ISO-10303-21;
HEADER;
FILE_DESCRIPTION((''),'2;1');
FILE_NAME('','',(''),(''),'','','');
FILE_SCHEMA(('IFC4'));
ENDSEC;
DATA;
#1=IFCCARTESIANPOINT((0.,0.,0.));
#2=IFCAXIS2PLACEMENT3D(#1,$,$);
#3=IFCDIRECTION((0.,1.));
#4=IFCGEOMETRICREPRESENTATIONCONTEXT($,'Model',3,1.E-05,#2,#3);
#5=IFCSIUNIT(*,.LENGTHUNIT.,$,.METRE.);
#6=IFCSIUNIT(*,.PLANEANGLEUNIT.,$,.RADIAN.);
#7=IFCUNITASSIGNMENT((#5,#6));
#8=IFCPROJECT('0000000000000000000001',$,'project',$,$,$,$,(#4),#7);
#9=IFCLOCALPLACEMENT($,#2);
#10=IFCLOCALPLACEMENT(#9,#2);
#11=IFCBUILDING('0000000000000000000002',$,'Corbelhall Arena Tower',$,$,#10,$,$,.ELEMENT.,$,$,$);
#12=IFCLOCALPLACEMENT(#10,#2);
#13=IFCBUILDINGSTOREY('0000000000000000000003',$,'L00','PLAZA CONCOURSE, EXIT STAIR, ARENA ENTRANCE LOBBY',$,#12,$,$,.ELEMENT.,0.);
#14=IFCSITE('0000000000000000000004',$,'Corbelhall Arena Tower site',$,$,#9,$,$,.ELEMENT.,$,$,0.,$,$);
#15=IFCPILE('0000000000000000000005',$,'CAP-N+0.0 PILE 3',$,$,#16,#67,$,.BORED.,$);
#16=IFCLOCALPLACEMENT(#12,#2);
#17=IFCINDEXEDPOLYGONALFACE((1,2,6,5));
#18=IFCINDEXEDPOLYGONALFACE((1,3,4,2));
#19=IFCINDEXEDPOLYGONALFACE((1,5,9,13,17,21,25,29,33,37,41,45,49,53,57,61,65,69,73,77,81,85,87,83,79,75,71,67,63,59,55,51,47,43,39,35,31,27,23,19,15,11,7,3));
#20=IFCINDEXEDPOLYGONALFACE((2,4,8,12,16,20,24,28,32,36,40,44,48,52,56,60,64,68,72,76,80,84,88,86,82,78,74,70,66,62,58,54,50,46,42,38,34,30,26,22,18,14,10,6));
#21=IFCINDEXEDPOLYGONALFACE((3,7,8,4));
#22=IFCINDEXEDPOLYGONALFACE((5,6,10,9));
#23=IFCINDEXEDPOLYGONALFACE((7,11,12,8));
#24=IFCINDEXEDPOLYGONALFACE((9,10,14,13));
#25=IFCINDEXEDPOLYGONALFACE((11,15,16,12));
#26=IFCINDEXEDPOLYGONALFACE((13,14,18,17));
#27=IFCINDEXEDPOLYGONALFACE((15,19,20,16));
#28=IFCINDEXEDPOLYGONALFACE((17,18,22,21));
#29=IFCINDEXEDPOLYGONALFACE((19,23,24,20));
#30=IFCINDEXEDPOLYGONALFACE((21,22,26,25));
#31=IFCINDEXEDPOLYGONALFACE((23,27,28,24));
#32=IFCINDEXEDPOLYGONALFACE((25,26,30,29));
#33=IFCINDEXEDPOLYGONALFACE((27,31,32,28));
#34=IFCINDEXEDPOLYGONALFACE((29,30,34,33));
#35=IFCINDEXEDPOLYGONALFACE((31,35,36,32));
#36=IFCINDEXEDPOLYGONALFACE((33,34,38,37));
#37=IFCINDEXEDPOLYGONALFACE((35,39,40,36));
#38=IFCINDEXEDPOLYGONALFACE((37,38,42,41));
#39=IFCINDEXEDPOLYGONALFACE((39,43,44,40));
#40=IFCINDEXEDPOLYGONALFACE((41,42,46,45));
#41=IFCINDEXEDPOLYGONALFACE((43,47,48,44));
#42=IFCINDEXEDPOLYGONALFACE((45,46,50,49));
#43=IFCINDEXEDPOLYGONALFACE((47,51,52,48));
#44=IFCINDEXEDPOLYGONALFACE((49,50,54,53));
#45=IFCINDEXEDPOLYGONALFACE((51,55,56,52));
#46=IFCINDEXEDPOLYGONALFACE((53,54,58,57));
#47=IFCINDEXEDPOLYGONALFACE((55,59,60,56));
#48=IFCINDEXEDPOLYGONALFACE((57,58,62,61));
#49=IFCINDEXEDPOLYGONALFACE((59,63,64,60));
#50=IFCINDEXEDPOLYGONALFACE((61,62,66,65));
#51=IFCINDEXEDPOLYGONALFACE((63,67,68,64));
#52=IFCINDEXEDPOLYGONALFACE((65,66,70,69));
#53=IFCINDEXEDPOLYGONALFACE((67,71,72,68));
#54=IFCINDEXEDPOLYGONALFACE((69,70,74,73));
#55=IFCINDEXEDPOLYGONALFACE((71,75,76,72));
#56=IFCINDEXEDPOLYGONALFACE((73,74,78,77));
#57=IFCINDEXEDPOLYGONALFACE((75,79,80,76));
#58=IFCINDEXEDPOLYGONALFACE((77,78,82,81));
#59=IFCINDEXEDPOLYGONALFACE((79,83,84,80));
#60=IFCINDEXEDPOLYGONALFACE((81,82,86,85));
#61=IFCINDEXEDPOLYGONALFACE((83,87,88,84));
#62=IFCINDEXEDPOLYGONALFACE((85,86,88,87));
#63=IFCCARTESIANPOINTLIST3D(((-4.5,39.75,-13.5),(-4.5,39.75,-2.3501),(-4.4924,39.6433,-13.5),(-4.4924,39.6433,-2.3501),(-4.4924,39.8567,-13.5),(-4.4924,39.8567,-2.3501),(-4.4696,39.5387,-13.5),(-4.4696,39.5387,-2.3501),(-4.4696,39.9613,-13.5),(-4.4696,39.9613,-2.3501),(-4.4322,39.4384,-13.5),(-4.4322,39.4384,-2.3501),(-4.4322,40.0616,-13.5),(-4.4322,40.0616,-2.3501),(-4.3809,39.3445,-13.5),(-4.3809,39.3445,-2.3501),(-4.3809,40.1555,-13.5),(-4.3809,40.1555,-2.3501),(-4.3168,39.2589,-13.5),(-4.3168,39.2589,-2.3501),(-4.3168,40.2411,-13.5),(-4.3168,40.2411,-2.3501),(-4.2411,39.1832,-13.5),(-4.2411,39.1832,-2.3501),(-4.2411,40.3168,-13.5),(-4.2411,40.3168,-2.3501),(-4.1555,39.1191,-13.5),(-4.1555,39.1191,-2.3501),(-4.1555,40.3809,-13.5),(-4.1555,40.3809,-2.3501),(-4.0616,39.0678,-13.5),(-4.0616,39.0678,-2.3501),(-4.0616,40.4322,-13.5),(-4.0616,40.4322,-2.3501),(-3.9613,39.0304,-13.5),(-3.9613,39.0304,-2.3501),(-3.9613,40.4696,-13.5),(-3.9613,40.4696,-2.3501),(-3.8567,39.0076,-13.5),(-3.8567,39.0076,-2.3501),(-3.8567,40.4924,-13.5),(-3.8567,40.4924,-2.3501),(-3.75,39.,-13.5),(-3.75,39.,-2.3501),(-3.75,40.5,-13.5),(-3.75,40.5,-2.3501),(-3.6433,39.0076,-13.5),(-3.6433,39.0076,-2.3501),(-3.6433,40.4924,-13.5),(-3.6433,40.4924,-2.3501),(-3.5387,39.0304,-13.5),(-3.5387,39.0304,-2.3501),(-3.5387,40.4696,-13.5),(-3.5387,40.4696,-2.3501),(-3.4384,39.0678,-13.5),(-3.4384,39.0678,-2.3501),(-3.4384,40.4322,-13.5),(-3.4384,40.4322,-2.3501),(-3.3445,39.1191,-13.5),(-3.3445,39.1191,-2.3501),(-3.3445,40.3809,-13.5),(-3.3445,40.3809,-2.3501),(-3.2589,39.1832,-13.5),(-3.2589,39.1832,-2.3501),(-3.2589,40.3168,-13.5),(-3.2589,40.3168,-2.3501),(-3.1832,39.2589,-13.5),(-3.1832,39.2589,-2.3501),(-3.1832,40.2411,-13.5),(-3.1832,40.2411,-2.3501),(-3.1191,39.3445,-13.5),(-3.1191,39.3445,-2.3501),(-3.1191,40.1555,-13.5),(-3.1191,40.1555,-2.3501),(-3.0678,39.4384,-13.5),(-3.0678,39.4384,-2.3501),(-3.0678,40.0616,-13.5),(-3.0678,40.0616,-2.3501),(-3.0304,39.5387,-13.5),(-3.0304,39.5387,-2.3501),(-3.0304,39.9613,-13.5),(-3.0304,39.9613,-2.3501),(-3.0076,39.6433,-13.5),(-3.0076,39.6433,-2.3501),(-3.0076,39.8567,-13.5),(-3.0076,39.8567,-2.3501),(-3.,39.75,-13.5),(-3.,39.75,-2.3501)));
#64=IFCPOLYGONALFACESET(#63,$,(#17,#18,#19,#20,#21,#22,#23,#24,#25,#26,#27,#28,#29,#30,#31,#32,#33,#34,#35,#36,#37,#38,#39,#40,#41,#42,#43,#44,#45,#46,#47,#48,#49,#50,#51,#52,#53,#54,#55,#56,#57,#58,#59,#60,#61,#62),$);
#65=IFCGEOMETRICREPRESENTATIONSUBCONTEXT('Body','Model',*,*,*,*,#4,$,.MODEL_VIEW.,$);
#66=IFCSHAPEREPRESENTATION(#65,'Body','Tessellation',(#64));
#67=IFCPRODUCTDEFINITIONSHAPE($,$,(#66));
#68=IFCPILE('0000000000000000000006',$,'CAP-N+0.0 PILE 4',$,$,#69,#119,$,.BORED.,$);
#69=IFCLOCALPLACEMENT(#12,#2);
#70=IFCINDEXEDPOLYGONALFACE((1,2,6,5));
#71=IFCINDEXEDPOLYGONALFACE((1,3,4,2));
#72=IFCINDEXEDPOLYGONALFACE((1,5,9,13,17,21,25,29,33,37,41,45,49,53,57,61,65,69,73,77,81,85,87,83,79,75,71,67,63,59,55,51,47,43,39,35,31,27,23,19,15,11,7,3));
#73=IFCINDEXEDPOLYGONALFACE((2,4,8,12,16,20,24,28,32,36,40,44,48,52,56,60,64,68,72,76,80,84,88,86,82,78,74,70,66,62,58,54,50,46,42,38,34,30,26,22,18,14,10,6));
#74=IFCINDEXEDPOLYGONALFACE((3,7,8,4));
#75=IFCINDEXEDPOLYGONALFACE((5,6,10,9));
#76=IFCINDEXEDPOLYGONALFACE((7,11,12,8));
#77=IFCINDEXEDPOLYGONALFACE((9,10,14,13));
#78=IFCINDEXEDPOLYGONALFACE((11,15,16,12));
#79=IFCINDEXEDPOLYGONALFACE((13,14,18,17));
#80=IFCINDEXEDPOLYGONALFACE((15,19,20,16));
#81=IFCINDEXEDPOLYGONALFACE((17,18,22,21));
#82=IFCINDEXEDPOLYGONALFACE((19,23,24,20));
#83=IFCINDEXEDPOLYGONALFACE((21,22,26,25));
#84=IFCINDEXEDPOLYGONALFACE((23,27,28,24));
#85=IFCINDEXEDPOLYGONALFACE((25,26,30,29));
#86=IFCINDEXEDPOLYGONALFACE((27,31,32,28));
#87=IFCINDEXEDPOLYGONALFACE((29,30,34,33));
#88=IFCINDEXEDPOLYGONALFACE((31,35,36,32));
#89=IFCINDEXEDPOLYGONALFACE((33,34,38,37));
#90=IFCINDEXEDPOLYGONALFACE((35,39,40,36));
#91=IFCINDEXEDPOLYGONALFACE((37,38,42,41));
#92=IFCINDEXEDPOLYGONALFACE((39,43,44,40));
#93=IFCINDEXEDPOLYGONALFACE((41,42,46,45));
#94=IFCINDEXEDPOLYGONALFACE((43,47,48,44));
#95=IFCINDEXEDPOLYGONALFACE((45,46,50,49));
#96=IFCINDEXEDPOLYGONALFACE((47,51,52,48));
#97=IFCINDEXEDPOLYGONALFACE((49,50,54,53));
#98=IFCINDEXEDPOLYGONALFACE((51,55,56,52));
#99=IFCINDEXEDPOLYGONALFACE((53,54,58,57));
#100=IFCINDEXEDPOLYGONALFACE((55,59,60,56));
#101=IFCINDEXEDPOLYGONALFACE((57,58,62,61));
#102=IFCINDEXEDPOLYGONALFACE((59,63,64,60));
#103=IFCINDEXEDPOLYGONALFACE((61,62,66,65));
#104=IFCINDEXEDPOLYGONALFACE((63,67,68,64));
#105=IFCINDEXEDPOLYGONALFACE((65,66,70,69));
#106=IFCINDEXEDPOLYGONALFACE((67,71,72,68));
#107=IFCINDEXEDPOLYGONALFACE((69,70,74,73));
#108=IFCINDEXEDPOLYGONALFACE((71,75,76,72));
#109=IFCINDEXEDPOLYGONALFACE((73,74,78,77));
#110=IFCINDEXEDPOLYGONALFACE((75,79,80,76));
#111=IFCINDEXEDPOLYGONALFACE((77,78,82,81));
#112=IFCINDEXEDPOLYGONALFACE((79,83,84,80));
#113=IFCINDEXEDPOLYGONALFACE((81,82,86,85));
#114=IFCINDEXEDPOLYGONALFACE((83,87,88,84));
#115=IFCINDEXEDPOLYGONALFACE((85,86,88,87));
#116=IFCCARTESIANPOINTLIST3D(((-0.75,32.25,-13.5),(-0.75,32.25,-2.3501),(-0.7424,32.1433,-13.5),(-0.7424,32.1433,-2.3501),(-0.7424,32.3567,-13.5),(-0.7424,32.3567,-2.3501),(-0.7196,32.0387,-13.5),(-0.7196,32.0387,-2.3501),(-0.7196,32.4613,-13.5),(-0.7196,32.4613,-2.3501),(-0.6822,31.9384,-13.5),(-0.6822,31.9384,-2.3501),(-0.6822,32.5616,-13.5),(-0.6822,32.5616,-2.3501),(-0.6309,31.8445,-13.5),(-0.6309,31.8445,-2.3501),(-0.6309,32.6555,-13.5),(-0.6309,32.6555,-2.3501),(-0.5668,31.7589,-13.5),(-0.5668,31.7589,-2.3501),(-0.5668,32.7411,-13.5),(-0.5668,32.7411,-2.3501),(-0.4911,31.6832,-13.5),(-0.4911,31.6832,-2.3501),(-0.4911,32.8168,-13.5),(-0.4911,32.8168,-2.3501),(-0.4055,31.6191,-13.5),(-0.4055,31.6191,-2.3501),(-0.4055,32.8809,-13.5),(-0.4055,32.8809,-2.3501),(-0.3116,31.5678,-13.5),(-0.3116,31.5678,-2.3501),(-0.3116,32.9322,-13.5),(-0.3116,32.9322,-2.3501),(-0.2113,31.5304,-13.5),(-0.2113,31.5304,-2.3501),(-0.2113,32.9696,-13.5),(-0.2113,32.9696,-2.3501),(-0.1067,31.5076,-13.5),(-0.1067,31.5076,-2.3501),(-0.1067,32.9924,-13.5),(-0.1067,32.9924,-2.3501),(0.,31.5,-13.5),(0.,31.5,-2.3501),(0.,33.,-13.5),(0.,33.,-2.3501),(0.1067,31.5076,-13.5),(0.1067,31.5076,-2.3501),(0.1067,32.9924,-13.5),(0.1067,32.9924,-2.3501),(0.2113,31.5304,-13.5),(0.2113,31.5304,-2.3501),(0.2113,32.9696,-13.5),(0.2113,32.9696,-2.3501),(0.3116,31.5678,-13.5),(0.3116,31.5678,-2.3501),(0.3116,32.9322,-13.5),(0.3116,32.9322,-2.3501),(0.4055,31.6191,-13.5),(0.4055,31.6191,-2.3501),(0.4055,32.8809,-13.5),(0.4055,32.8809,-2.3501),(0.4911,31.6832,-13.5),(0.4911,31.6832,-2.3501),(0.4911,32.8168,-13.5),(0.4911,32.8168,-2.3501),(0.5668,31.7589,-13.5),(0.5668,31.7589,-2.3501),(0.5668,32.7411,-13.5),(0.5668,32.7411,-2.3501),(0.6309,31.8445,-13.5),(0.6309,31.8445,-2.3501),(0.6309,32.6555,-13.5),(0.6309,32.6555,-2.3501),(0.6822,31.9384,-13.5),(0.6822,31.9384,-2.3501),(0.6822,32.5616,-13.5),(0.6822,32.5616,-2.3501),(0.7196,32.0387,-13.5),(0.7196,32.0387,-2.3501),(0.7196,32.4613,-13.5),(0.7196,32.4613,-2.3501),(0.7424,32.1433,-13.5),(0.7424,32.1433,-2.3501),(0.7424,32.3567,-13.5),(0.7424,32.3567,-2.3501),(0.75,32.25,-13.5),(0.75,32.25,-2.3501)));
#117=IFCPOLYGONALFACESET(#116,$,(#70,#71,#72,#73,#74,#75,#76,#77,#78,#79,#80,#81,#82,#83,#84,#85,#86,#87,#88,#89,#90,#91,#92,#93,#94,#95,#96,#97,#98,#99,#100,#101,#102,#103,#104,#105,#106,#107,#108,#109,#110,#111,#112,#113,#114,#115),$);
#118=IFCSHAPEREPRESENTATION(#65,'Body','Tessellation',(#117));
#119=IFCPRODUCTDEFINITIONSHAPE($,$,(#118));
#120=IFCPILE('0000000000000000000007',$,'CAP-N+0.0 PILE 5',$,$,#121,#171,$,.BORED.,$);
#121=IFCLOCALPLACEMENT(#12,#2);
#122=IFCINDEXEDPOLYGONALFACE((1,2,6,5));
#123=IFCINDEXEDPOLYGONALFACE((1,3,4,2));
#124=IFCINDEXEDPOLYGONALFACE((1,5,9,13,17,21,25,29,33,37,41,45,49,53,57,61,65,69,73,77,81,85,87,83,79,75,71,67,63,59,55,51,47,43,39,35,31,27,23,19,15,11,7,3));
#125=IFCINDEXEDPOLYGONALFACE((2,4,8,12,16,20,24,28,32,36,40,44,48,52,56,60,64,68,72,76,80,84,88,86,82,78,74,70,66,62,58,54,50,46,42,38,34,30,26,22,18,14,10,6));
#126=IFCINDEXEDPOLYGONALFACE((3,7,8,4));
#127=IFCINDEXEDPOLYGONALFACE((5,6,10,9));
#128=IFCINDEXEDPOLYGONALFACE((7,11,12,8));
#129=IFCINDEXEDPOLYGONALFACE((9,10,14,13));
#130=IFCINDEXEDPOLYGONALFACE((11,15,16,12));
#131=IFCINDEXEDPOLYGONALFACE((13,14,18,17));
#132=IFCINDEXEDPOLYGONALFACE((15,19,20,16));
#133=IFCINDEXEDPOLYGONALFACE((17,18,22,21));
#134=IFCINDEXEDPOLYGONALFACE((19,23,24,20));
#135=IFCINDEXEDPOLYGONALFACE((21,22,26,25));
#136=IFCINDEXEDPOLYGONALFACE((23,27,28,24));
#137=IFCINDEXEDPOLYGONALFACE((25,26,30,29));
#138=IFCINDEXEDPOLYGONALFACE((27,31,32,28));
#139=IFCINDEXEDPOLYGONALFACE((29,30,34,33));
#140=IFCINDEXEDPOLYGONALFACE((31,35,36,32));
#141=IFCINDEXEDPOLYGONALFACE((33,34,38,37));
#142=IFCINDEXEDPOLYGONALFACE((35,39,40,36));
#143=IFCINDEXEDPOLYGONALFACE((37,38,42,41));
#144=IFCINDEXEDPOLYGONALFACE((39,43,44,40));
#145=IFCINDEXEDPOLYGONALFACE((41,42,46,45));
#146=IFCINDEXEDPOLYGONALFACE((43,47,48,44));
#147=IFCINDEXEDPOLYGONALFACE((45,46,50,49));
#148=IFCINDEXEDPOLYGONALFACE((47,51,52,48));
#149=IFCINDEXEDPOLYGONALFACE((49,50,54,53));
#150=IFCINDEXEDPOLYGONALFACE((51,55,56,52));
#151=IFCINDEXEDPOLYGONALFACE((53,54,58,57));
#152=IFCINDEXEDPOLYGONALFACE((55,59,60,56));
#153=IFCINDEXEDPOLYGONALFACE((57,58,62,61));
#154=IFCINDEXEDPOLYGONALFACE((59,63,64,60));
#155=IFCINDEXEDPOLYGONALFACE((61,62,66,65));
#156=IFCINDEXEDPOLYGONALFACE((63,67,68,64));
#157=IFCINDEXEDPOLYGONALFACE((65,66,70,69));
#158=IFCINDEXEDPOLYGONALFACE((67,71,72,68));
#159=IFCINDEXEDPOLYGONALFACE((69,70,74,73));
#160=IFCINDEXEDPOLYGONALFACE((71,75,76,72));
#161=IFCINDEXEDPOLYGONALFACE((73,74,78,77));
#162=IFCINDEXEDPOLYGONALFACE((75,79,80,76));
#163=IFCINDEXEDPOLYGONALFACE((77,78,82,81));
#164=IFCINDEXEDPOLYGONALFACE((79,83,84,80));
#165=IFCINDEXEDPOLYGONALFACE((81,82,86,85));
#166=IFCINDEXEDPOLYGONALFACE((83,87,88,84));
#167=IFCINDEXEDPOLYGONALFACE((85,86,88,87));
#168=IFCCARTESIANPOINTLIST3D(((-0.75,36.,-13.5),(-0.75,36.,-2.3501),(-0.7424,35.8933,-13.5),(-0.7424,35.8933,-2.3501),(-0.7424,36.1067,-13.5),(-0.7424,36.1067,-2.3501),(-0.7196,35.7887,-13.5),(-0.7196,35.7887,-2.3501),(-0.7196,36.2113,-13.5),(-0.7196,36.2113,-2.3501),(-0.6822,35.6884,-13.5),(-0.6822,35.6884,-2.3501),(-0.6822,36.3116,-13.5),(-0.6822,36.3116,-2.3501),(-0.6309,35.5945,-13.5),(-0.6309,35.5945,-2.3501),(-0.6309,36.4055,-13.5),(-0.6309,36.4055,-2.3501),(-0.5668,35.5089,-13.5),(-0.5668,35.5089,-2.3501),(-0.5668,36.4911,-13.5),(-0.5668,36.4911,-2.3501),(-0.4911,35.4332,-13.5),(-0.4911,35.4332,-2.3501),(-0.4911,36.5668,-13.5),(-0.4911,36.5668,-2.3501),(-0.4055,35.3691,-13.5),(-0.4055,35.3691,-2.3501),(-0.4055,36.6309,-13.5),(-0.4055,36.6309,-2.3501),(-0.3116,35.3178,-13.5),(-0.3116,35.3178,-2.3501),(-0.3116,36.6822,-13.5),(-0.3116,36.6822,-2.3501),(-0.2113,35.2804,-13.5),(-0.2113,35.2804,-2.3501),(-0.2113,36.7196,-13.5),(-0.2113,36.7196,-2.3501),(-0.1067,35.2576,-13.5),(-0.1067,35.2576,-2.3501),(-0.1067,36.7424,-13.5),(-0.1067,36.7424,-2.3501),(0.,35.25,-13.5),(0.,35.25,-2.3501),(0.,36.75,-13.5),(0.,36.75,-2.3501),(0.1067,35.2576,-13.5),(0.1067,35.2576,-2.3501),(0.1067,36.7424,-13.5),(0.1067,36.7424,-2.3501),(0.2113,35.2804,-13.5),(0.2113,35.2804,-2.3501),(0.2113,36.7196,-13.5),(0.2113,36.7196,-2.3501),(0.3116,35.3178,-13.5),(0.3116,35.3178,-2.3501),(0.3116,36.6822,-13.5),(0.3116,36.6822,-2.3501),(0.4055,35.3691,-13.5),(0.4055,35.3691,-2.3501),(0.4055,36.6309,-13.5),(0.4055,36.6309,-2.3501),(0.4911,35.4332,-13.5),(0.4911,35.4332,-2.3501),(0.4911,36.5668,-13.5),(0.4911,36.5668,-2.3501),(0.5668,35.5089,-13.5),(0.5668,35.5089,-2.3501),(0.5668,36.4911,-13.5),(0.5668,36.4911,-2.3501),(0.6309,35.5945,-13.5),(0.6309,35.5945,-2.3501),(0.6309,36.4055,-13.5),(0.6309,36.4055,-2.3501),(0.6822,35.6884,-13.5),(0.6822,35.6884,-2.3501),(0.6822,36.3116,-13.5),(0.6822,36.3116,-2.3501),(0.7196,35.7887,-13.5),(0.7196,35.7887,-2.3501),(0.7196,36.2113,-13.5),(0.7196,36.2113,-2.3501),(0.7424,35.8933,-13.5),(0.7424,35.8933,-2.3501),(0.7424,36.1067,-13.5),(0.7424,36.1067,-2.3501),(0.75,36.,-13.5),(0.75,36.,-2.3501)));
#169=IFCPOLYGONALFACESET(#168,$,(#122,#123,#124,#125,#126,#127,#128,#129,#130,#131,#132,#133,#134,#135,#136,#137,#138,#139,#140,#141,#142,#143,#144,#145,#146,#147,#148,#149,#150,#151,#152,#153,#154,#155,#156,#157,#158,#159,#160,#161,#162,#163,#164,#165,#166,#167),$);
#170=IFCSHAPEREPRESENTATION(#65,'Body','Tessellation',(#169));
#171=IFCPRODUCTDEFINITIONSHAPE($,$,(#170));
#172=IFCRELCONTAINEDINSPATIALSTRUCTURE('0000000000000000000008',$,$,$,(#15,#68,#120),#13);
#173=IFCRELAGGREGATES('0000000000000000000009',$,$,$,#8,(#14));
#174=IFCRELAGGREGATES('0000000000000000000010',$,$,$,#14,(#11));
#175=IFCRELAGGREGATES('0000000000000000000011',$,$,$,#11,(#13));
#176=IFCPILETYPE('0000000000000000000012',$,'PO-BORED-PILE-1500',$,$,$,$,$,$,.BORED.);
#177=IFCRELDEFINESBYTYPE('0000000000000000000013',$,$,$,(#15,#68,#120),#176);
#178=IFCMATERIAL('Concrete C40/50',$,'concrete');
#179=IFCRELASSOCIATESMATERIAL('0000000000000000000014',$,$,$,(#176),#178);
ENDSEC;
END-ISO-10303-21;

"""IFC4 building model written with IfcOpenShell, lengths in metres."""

from ifc_helpers import new_model, si_unit, direction, frame, origin, origin_2d, place, context, subcontext, project, spatial, circle, extrude, material, material_profile, profile_set, type_object, element, save


model = new_model("IFC4")

# Units and contexts
model_context = context("Model", 3, precision=1e-05, world=origin(), true_north=direction((0.0, 1.0)))
body_context = subcontext(model_context, "Body", "Model", "MODEL_VIEW")
ifc_project = project(units=[si_unit("LENGTHUNIT", "METRE"), si_unit("PLANEANGLEUNIT", "RADIAN")], contexts=[model_context])

# Site, building, storey
site_placement = place(None, origin())
site = spatial("IfcSite", under=ifc_project, at=site_placement, Name="Corbelhall Arena Tower site", CompositionType="ELEMENT", RefElevation=0.0)
building_placement = place(site_placement, origin())
building = spatial("IfcBuilding", under=site, at=building_placement, Name="Corbelhall Arena Tower", CompositionType="ELEMENT")
storey_placement = place(building_placement, origin())
storey = spatial("IfcBuildingStorey", under=building, at=storey_placement, Name="L00", Description="PLAZA CONCOURSE, EXIT STAIR, ARENA ENTRANCE LOBBY", CompositionType="ELEMENT", Elevation=0.0)

# Piles
ifc_material_1 = material(Name="Concrete C40/50", Category="concrete")
ifc_material_profile_1 = material_profile(ifc_material_1, circle(Radius=0.75, at=origin_2d()))
ifc_profile_set_1 = profile_set([ifc_material_profile_1], Name="Concrete C40/50")
pile_type_1 = type_object("IfcPileType", Name="PO-BORED-PILE-1500", PredefinedType="BORED", material=ifc_profile_set_1)
for number, where, z_axis, x_axis, name in (
    (1, (-3.75, 39.75, -2.3501), (0.0, 0.0, -1.0), (1.0, 0.0, 0.0), "CAP-N+0.0 PILE 3"),
    (2, (0.0, 32.25, -2.3501), (0.0, 0.0, -1.0), (1.0, 0.0, 0.0), "CAP-N+0.0 PILE 4"),
    (3, (0.0, 36.0, -2.3501), (0.0, 0.0, -1.0), (1.0, 0.0, 0.0), "CAP-N+0.0 PILE 5"),
):
    element("IfcPile", number, at=place(storey_placement, frame(where, z_axis=z_axis, x_axis=x_axis)), inside=storey, type_object=pile_type_1, Name=name, PredefinedType="BORED", context=body_context, shape_type="SweptSolid", body=[
        extrude(circle(Radius=0.75, at=origin_2d()), origin(), (0.0, 0.0, 1.0), 11.1499),
    ])

save(model, "model.ifc")
